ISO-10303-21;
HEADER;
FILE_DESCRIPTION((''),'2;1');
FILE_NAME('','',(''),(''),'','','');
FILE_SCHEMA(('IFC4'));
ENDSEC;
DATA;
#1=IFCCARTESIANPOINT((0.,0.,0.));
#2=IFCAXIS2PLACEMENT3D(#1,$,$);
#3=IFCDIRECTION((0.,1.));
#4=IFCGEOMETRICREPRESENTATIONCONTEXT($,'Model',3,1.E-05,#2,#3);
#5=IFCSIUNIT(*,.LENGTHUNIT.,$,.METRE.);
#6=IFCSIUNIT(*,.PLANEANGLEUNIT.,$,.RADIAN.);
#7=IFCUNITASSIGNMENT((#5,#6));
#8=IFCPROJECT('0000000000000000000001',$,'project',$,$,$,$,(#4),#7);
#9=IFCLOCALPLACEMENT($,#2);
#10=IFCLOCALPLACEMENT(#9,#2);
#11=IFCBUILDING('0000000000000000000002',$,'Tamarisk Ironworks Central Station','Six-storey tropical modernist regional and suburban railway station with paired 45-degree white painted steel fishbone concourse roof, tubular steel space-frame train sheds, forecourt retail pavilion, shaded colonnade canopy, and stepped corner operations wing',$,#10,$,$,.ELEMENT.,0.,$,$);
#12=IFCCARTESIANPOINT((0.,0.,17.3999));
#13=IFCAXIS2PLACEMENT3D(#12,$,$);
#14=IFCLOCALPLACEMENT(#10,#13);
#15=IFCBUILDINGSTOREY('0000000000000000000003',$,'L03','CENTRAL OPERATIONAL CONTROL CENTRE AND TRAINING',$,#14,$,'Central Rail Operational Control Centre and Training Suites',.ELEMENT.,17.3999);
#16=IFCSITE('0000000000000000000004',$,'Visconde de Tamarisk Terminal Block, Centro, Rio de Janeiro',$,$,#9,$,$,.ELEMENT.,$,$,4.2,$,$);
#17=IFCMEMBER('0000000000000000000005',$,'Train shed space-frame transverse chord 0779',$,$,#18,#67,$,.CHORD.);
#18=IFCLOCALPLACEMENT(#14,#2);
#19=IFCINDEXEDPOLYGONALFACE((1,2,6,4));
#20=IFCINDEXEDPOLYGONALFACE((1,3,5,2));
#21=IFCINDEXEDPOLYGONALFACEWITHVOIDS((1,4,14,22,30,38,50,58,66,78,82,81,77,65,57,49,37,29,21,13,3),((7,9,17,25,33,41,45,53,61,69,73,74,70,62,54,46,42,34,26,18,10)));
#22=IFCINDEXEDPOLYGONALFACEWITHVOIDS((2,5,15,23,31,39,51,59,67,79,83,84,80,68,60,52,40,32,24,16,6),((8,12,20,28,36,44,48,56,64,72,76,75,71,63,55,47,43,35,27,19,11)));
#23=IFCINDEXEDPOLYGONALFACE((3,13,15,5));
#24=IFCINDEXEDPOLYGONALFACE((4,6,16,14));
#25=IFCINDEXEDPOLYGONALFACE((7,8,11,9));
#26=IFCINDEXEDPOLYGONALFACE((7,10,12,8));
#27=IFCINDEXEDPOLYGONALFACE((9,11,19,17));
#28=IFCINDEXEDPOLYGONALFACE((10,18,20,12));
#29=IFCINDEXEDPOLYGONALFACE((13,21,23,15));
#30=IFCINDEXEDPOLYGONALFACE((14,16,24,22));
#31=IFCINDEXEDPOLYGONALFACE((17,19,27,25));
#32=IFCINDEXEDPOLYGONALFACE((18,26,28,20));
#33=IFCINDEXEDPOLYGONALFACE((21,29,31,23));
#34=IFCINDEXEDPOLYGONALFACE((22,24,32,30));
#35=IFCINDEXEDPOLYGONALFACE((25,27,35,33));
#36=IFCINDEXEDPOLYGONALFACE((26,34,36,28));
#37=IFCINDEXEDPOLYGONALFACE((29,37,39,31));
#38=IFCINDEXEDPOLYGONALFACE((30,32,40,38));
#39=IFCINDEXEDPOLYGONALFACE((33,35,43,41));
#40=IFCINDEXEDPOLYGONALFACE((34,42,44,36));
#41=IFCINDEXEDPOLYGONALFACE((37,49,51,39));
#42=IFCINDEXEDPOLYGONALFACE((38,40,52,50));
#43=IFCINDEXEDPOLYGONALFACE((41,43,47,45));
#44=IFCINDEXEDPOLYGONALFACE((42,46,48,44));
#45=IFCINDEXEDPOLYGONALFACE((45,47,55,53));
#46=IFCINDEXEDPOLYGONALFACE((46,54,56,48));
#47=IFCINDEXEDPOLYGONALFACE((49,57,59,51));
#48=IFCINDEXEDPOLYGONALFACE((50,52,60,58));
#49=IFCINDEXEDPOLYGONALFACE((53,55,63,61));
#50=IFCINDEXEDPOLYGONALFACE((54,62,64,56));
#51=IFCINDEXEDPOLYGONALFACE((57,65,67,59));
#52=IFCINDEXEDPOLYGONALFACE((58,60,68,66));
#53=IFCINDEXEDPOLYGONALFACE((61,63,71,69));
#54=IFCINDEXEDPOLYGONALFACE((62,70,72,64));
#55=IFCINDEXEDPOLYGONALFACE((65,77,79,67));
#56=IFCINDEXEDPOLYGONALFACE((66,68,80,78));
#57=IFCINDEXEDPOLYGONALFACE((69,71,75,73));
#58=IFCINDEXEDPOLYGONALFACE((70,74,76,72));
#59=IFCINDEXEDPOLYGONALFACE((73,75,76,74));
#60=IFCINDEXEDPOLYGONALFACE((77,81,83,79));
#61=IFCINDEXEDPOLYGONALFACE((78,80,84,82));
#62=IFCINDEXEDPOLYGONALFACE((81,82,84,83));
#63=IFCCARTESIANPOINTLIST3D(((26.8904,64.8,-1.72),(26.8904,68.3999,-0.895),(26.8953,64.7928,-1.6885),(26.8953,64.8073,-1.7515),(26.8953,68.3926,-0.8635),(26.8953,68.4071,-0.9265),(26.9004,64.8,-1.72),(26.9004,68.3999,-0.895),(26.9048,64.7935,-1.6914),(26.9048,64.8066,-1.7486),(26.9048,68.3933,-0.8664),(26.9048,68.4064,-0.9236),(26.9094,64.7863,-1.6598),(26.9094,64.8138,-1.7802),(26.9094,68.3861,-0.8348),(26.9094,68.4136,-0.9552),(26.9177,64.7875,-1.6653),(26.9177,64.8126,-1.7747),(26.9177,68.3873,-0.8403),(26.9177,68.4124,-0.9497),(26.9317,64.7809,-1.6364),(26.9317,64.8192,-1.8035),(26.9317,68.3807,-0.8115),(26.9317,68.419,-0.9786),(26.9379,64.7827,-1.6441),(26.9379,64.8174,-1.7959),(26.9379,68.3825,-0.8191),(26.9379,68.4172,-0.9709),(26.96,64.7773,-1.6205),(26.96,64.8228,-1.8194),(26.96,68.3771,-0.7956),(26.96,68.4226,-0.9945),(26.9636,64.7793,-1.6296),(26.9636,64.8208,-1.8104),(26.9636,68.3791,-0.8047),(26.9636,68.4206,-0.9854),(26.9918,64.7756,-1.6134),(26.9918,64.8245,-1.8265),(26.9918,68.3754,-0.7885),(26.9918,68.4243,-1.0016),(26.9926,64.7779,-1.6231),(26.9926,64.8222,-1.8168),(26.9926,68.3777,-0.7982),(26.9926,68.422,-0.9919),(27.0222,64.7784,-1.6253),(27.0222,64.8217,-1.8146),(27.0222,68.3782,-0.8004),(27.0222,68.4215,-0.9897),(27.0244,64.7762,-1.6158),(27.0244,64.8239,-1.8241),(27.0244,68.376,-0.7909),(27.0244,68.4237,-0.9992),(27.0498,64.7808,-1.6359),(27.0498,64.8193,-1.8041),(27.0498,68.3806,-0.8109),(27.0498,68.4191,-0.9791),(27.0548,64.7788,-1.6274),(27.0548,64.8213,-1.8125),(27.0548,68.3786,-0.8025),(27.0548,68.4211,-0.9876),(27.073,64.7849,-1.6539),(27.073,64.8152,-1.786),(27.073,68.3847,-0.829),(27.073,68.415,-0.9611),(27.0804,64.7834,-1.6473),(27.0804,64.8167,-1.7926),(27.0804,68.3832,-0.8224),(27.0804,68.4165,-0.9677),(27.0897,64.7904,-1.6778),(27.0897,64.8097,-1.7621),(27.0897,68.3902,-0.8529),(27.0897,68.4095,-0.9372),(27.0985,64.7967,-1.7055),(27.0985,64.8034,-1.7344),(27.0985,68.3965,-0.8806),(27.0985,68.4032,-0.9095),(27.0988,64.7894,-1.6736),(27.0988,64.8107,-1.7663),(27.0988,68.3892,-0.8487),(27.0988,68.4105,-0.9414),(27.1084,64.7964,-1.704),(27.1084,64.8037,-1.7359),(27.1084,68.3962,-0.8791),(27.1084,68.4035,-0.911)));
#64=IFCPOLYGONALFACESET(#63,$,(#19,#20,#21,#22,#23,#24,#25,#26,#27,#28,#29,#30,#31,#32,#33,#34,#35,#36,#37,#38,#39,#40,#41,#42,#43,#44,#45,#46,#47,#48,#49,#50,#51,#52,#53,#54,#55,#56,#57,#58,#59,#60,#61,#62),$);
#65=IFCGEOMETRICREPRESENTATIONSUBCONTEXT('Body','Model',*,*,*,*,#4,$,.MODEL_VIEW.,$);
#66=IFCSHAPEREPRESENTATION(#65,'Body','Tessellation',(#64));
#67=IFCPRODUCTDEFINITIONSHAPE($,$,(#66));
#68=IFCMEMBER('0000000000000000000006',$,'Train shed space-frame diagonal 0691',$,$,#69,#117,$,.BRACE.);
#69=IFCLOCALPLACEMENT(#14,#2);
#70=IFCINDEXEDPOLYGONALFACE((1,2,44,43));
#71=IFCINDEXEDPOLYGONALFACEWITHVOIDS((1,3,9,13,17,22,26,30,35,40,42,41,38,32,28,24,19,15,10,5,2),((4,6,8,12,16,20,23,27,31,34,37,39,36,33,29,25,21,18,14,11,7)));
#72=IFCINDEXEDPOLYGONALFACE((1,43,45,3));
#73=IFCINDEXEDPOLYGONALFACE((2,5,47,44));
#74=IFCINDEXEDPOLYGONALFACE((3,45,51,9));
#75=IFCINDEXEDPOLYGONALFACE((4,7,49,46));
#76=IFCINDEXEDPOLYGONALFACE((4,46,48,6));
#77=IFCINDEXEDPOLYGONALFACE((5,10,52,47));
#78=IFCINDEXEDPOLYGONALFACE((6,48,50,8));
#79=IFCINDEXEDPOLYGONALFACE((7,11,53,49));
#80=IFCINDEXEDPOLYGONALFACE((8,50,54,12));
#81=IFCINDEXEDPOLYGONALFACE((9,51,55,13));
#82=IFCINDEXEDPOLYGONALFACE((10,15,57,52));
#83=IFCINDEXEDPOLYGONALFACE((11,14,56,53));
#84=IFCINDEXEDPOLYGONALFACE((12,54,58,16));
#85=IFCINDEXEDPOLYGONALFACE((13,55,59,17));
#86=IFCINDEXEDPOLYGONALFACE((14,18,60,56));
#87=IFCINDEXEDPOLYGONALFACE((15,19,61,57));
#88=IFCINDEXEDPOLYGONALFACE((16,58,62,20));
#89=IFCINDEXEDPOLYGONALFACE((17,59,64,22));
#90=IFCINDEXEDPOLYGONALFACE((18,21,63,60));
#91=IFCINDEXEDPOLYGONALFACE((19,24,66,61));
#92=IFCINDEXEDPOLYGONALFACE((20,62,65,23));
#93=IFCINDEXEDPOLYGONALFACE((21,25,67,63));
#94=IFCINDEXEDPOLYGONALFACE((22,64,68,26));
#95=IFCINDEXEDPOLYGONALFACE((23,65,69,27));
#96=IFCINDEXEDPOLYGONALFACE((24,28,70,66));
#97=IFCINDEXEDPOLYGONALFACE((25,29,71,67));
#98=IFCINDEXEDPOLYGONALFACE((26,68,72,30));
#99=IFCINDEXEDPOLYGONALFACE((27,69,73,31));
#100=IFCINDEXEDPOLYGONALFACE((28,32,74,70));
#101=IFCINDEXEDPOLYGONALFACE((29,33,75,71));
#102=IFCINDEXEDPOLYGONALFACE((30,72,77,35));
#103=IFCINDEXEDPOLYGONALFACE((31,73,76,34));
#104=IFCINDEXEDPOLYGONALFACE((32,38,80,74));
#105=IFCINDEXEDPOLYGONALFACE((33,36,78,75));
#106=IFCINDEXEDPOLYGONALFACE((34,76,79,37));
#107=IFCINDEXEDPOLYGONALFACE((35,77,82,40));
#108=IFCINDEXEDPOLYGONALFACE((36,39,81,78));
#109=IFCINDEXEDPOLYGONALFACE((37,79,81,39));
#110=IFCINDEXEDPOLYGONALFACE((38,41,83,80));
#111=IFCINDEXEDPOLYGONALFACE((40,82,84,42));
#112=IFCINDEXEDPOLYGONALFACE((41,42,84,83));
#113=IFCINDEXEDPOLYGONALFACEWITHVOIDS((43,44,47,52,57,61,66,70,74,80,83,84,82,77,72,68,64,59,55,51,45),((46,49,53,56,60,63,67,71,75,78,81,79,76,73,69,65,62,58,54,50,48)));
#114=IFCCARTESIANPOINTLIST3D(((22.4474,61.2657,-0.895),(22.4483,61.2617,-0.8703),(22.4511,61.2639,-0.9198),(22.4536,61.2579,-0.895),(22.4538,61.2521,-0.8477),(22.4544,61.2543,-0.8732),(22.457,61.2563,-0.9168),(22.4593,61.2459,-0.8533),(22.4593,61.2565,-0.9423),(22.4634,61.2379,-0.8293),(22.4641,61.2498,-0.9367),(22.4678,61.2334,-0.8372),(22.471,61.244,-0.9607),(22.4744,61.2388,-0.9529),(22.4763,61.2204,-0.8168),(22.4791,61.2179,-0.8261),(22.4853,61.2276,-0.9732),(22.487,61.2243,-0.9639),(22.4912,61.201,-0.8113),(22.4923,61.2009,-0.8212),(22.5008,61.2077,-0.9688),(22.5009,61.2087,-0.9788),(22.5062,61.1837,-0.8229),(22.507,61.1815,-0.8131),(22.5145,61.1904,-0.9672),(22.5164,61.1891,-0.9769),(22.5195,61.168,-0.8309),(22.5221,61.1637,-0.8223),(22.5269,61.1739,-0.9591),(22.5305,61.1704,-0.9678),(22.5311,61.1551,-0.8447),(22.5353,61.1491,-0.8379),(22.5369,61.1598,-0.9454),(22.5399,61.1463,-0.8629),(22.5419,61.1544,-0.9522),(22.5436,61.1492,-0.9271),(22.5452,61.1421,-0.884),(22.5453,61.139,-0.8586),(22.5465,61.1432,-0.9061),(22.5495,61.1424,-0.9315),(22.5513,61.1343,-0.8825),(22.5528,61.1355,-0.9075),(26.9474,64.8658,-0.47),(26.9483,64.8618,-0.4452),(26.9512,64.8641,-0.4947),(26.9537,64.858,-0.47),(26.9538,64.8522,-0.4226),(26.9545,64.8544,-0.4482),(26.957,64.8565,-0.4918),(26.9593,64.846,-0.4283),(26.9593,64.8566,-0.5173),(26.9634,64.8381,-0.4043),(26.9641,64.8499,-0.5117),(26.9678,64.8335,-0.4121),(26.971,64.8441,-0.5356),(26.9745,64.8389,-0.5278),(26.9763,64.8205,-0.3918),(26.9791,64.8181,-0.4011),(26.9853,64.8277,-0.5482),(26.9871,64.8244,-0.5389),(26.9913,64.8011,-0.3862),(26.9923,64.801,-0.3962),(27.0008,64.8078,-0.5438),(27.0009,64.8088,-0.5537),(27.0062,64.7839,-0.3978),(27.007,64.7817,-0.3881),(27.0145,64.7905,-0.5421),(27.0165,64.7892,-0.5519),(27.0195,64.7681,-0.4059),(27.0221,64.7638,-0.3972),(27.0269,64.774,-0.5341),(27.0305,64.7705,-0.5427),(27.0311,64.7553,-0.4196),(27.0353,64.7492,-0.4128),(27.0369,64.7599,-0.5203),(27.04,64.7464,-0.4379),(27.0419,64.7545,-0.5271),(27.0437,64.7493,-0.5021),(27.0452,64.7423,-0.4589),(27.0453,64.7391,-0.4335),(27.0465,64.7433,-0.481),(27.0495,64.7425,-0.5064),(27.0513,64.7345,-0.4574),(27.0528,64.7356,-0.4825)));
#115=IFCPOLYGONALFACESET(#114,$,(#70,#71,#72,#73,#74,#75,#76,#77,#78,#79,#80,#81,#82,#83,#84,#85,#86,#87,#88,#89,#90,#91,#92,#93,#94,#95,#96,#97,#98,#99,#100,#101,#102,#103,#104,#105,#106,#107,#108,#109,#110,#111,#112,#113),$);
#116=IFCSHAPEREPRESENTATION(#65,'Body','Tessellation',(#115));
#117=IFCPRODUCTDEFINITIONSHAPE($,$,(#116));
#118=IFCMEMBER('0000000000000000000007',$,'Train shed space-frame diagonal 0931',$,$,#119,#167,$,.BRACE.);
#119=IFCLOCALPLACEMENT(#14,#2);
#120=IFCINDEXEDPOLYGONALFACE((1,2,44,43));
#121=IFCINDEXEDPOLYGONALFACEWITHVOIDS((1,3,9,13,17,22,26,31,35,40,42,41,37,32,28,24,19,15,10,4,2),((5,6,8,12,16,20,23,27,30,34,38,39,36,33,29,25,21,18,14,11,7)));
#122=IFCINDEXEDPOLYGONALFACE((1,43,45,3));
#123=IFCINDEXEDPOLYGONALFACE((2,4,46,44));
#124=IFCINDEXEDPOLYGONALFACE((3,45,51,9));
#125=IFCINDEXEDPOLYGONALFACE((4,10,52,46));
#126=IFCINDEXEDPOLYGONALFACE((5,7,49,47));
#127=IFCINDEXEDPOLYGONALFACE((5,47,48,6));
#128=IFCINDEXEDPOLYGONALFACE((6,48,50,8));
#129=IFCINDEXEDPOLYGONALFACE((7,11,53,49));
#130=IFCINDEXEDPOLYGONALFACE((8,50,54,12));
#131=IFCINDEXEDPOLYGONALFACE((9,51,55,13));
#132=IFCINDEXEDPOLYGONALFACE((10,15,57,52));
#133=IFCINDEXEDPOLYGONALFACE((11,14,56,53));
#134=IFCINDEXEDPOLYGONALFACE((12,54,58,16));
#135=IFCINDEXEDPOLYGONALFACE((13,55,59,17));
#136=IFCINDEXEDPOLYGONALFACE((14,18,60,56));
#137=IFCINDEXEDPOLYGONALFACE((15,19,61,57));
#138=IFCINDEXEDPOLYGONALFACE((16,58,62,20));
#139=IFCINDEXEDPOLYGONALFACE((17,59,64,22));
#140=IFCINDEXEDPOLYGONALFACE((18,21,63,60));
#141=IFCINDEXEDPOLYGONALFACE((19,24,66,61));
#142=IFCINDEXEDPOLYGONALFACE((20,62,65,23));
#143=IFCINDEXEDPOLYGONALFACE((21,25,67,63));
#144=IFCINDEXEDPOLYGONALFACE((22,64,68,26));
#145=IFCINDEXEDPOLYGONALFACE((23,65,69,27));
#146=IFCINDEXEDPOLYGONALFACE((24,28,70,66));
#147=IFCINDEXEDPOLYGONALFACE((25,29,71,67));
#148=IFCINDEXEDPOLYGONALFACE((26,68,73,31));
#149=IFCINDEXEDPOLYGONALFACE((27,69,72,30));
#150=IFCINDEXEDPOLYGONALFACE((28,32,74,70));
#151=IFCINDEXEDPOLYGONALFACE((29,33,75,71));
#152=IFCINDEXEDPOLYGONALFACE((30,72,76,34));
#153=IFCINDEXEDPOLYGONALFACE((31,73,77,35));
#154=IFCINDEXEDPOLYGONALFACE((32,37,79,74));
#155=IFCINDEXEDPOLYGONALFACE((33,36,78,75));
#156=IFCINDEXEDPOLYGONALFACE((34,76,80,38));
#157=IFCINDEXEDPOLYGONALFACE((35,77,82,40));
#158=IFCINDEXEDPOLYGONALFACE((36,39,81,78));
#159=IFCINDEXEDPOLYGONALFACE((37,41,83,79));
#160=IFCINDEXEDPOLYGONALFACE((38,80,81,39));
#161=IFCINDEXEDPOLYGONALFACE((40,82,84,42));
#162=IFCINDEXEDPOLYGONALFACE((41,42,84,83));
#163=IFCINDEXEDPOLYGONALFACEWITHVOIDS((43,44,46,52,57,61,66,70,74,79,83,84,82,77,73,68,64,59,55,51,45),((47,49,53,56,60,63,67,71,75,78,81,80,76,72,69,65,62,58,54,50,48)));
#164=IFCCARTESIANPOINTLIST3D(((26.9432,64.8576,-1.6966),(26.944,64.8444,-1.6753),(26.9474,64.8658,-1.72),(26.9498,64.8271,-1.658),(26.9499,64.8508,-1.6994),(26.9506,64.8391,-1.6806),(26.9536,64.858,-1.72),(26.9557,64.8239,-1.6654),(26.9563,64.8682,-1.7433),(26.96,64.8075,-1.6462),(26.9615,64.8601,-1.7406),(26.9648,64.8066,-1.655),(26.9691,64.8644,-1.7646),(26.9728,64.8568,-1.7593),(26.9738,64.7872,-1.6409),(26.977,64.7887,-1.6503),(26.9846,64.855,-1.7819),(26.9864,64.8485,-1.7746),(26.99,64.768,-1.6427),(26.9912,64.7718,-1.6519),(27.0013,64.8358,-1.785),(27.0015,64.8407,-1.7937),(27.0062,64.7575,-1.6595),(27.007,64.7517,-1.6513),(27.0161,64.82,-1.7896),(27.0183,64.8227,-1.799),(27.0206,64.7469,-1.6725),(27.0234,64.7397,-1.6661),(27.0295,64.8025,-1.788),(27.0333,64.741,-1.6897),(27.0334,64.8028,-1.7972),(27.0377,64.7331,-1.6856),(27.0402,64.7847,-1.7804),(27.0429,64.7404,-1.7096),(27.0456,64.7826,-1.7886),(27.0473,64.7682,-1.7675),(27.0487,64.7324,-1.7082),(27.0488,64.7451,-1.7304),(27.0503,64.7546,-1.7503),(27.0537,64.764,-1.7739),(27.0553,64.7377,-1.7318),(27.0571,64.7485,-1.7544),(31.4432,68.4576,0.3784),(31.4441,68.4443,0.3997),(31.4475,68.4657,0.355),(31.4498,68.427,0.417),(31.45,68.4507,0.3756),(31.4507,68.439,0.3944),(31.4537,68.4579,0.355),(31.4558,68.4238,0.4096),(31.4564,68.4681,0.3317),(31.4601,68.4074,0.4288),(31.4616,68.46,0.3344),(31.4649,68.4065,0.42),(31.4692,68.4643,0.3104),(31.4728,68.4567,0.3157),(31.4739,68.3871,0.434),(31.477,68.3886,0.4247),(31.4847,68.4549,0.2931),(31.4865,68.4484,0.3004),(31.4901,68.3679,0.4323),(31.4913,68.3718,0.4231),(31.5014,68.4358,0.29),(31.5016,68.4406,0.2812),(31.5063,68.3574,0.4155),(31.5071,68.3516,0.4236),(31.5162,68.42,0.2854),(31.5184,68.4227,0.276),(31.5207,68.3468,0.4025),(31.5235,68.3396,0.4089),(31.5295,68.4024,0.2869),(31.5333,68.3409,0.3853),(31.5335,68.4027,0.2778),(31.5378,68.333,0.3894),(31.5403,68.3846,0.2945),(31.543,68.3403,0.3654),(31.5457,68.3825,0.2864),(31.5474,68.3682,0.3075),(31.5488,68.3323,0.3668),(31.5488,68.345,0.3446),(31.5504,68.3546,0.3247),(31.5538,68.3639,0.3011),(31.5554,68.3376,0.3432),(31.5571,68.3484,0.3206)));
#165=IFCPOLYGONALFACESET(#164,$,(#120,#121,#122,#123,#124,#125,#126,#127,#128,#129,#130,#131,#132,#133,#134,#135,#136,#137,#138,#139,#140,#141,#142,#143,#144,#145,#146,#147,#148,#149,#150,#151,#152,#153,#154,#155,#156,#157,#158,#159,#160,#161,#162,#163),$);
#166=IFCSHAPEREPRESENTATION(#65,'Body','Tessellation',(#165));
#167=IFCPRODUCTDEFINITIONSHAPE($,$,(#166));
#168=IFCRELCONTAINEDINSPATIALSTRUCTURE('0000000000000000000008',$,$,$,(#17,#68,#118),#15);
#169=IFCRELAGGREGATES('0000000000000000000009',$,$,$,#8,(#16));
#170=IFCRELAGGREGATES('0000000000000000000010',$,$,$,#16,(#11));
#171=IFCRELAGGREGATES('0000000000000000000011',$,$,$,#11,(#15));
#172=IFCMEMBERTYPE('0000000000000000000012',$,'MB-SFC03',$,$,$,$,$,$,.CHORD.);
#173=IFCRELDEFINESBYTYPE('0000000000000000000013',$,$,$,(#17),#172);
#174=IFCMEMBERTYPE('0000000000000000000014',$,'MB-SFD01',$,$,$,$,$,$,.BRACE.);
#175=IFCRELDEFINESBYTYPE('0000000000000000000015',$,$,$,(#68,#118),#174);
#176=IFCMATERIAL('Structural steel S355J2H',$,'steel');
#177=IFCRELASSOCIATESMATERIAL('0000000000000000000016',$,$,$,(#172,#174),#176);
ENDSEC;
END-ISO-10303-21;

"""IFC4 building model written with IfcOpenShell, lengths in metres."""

from ifc_helpers import new_model, si_unit, direction, frame, origin, origin_2d, place, context, subcontext, project, spatial, hollow_circle, extrude, material, material_profile, profile_set, type_object, element, save


model = new_model("IFC4")

# Units and contexts
model_context = context("Model", 3, precision=1e-05, world=origin(), true_north=direction((0.0, 1.0)))
body_context = subcontext(model_context, "Body", "Model", "MODEL_VIEW")
ifc_project = project(units=[si_unit("LENGTHUNIT", "METRE"), si_unit("PLANEANGLEUNIT", "RADIAN")], contexts=[model_context])

# Site, building, storey
site_placement = place(None, origin())
site = spatial("IfcSite", under=ifc_project, at=site_placement, Name="Visconde de Tamarisk Terminal Block, Centro, Rio de Janeiro", CompositionType="ELEMENT", RefElevation=4.2)
building_placement = place(site_placement, origin())
building = spatial("IfcBuilding", under=site, at=building_placement, Name="Tamarisk Ironworks Central Station", Description="Six-storey tropical modernist regional and suburban railway station with paired 45-degree white painted steel fishbone concourse roof, tubular steel space-frame train sheds, forecourt retail pavilion, shaded colonnade canopy, and stepped corner operations wing", CompositionType="ELEMENT", ElevationOfRefHeight=0.0)
storey_placement = place(building_placement, frame((0.0, 0.0, 17.3999)))
storey = spatial("IfcBuildingStorey", under=building, at=storey_placement, Name="L03", Description="CENTRAL OPERATIONAL CONTROL CENTRE AND TRAINING", LongName="Central Rail Operational Control Centre and Training Suites", CompositionType="ELEMENT", Elevation=17.3999)

# Members
ifc_material_1 = material(Name="Structural steel S355J2H", Category="steel")
ifc_material_profile_1 = material_profile(ifc_material_1, hollow_circle(Radius=0.1096, WallThickness=0.01, at=origin_2d()), Name="CHS 219.1x10")
ifc_profile_set_1 = profile_set([ifc_material_profile_1], Name="Structural steel S355J2H")
member_type_1 = type_object("IfcMemberType", Name="MB-SFC03", PredefinedType="CHORD", material=ifc_profile_set_1)
for number, where, z_axis, x_axis, name in (
    (1, (27.0, 64.8, -1.72), (0.0, 0.974733, 0.223372), (-1.0, 0.0, 0.0), "Train shed space-frame transverse chord 0779"),
):
    element("IfcMember", number, at=place(storey_placement, frame(where, z_axis=z_axis, x_axis=x_axis)), inside=storey, type_object=member_type_1, Name=name, PredefinedType="CHORD", context=body_context, shape_type="SweptSolid", body=[
        extrude(hollow_circle(Radius=0.1096, WallThickness=0.01, at=origin_2d()), origin(), (0.0, 0.0, 1.0), 3.6931),
    ])
ifc_material_profile_2 = material_profile(ifc_material_1, hollow_circle(Radius=0.0842, WallThickness=0.01, at=origin_2d()), Name="CHS 168.3x10")
ifc_profile_set_2 = profile_set([ifc_material_profile_2], Name="Structural steel S355J2H")
member_type_2 = type_object("IfcMemberType", Name="MB-SFD01", PredefinedType="BRACE", material=ifc_profile_set_2)
member_1_placement = place(storey_placement, frame((22.5, 61.2, -0.895), z_axis=(0.778745, 0.623013, 0.073557), x_axis=(-0.624705, 0.780861, 0.0)))
element("IfcMember", 2, at=member_1_placement, inside=storey, type_object=member_type_2, Name="Train shed space-frame diagonal 0691", PredefinedType="BRACE", context=body_context, shape_type="SweptSolid", body=[
    extrude(hollow_circle(Radius=0.0842, WallThickness=0.01, at=origin_2d()), origin(), (0.0, 0.0, 1.0), 5.7786),
])
member_2_placement = place(storey_placement, frame((27.0, 64.8, -1.72), z_axis=(0.734706, 0.587741, 0.338773), x_axis=(-0.62468, 0.780881, 0.0)))
element("IfcMember", 3, at=member_2_placement, inside=storey, type_object=member_type_2, Name="Train shed space-frame diagonal 0931", PredefinedType="BRACE", context=body_context, shape_type="SweptSolid", body=[
    extrude(hollow_circle(Radius=0.0842, WallThickness=0.01, at=origin_2d()), origin(), (0.0, 0.0, 1.0), 6.125),
])

save(model, "model.ifc")
